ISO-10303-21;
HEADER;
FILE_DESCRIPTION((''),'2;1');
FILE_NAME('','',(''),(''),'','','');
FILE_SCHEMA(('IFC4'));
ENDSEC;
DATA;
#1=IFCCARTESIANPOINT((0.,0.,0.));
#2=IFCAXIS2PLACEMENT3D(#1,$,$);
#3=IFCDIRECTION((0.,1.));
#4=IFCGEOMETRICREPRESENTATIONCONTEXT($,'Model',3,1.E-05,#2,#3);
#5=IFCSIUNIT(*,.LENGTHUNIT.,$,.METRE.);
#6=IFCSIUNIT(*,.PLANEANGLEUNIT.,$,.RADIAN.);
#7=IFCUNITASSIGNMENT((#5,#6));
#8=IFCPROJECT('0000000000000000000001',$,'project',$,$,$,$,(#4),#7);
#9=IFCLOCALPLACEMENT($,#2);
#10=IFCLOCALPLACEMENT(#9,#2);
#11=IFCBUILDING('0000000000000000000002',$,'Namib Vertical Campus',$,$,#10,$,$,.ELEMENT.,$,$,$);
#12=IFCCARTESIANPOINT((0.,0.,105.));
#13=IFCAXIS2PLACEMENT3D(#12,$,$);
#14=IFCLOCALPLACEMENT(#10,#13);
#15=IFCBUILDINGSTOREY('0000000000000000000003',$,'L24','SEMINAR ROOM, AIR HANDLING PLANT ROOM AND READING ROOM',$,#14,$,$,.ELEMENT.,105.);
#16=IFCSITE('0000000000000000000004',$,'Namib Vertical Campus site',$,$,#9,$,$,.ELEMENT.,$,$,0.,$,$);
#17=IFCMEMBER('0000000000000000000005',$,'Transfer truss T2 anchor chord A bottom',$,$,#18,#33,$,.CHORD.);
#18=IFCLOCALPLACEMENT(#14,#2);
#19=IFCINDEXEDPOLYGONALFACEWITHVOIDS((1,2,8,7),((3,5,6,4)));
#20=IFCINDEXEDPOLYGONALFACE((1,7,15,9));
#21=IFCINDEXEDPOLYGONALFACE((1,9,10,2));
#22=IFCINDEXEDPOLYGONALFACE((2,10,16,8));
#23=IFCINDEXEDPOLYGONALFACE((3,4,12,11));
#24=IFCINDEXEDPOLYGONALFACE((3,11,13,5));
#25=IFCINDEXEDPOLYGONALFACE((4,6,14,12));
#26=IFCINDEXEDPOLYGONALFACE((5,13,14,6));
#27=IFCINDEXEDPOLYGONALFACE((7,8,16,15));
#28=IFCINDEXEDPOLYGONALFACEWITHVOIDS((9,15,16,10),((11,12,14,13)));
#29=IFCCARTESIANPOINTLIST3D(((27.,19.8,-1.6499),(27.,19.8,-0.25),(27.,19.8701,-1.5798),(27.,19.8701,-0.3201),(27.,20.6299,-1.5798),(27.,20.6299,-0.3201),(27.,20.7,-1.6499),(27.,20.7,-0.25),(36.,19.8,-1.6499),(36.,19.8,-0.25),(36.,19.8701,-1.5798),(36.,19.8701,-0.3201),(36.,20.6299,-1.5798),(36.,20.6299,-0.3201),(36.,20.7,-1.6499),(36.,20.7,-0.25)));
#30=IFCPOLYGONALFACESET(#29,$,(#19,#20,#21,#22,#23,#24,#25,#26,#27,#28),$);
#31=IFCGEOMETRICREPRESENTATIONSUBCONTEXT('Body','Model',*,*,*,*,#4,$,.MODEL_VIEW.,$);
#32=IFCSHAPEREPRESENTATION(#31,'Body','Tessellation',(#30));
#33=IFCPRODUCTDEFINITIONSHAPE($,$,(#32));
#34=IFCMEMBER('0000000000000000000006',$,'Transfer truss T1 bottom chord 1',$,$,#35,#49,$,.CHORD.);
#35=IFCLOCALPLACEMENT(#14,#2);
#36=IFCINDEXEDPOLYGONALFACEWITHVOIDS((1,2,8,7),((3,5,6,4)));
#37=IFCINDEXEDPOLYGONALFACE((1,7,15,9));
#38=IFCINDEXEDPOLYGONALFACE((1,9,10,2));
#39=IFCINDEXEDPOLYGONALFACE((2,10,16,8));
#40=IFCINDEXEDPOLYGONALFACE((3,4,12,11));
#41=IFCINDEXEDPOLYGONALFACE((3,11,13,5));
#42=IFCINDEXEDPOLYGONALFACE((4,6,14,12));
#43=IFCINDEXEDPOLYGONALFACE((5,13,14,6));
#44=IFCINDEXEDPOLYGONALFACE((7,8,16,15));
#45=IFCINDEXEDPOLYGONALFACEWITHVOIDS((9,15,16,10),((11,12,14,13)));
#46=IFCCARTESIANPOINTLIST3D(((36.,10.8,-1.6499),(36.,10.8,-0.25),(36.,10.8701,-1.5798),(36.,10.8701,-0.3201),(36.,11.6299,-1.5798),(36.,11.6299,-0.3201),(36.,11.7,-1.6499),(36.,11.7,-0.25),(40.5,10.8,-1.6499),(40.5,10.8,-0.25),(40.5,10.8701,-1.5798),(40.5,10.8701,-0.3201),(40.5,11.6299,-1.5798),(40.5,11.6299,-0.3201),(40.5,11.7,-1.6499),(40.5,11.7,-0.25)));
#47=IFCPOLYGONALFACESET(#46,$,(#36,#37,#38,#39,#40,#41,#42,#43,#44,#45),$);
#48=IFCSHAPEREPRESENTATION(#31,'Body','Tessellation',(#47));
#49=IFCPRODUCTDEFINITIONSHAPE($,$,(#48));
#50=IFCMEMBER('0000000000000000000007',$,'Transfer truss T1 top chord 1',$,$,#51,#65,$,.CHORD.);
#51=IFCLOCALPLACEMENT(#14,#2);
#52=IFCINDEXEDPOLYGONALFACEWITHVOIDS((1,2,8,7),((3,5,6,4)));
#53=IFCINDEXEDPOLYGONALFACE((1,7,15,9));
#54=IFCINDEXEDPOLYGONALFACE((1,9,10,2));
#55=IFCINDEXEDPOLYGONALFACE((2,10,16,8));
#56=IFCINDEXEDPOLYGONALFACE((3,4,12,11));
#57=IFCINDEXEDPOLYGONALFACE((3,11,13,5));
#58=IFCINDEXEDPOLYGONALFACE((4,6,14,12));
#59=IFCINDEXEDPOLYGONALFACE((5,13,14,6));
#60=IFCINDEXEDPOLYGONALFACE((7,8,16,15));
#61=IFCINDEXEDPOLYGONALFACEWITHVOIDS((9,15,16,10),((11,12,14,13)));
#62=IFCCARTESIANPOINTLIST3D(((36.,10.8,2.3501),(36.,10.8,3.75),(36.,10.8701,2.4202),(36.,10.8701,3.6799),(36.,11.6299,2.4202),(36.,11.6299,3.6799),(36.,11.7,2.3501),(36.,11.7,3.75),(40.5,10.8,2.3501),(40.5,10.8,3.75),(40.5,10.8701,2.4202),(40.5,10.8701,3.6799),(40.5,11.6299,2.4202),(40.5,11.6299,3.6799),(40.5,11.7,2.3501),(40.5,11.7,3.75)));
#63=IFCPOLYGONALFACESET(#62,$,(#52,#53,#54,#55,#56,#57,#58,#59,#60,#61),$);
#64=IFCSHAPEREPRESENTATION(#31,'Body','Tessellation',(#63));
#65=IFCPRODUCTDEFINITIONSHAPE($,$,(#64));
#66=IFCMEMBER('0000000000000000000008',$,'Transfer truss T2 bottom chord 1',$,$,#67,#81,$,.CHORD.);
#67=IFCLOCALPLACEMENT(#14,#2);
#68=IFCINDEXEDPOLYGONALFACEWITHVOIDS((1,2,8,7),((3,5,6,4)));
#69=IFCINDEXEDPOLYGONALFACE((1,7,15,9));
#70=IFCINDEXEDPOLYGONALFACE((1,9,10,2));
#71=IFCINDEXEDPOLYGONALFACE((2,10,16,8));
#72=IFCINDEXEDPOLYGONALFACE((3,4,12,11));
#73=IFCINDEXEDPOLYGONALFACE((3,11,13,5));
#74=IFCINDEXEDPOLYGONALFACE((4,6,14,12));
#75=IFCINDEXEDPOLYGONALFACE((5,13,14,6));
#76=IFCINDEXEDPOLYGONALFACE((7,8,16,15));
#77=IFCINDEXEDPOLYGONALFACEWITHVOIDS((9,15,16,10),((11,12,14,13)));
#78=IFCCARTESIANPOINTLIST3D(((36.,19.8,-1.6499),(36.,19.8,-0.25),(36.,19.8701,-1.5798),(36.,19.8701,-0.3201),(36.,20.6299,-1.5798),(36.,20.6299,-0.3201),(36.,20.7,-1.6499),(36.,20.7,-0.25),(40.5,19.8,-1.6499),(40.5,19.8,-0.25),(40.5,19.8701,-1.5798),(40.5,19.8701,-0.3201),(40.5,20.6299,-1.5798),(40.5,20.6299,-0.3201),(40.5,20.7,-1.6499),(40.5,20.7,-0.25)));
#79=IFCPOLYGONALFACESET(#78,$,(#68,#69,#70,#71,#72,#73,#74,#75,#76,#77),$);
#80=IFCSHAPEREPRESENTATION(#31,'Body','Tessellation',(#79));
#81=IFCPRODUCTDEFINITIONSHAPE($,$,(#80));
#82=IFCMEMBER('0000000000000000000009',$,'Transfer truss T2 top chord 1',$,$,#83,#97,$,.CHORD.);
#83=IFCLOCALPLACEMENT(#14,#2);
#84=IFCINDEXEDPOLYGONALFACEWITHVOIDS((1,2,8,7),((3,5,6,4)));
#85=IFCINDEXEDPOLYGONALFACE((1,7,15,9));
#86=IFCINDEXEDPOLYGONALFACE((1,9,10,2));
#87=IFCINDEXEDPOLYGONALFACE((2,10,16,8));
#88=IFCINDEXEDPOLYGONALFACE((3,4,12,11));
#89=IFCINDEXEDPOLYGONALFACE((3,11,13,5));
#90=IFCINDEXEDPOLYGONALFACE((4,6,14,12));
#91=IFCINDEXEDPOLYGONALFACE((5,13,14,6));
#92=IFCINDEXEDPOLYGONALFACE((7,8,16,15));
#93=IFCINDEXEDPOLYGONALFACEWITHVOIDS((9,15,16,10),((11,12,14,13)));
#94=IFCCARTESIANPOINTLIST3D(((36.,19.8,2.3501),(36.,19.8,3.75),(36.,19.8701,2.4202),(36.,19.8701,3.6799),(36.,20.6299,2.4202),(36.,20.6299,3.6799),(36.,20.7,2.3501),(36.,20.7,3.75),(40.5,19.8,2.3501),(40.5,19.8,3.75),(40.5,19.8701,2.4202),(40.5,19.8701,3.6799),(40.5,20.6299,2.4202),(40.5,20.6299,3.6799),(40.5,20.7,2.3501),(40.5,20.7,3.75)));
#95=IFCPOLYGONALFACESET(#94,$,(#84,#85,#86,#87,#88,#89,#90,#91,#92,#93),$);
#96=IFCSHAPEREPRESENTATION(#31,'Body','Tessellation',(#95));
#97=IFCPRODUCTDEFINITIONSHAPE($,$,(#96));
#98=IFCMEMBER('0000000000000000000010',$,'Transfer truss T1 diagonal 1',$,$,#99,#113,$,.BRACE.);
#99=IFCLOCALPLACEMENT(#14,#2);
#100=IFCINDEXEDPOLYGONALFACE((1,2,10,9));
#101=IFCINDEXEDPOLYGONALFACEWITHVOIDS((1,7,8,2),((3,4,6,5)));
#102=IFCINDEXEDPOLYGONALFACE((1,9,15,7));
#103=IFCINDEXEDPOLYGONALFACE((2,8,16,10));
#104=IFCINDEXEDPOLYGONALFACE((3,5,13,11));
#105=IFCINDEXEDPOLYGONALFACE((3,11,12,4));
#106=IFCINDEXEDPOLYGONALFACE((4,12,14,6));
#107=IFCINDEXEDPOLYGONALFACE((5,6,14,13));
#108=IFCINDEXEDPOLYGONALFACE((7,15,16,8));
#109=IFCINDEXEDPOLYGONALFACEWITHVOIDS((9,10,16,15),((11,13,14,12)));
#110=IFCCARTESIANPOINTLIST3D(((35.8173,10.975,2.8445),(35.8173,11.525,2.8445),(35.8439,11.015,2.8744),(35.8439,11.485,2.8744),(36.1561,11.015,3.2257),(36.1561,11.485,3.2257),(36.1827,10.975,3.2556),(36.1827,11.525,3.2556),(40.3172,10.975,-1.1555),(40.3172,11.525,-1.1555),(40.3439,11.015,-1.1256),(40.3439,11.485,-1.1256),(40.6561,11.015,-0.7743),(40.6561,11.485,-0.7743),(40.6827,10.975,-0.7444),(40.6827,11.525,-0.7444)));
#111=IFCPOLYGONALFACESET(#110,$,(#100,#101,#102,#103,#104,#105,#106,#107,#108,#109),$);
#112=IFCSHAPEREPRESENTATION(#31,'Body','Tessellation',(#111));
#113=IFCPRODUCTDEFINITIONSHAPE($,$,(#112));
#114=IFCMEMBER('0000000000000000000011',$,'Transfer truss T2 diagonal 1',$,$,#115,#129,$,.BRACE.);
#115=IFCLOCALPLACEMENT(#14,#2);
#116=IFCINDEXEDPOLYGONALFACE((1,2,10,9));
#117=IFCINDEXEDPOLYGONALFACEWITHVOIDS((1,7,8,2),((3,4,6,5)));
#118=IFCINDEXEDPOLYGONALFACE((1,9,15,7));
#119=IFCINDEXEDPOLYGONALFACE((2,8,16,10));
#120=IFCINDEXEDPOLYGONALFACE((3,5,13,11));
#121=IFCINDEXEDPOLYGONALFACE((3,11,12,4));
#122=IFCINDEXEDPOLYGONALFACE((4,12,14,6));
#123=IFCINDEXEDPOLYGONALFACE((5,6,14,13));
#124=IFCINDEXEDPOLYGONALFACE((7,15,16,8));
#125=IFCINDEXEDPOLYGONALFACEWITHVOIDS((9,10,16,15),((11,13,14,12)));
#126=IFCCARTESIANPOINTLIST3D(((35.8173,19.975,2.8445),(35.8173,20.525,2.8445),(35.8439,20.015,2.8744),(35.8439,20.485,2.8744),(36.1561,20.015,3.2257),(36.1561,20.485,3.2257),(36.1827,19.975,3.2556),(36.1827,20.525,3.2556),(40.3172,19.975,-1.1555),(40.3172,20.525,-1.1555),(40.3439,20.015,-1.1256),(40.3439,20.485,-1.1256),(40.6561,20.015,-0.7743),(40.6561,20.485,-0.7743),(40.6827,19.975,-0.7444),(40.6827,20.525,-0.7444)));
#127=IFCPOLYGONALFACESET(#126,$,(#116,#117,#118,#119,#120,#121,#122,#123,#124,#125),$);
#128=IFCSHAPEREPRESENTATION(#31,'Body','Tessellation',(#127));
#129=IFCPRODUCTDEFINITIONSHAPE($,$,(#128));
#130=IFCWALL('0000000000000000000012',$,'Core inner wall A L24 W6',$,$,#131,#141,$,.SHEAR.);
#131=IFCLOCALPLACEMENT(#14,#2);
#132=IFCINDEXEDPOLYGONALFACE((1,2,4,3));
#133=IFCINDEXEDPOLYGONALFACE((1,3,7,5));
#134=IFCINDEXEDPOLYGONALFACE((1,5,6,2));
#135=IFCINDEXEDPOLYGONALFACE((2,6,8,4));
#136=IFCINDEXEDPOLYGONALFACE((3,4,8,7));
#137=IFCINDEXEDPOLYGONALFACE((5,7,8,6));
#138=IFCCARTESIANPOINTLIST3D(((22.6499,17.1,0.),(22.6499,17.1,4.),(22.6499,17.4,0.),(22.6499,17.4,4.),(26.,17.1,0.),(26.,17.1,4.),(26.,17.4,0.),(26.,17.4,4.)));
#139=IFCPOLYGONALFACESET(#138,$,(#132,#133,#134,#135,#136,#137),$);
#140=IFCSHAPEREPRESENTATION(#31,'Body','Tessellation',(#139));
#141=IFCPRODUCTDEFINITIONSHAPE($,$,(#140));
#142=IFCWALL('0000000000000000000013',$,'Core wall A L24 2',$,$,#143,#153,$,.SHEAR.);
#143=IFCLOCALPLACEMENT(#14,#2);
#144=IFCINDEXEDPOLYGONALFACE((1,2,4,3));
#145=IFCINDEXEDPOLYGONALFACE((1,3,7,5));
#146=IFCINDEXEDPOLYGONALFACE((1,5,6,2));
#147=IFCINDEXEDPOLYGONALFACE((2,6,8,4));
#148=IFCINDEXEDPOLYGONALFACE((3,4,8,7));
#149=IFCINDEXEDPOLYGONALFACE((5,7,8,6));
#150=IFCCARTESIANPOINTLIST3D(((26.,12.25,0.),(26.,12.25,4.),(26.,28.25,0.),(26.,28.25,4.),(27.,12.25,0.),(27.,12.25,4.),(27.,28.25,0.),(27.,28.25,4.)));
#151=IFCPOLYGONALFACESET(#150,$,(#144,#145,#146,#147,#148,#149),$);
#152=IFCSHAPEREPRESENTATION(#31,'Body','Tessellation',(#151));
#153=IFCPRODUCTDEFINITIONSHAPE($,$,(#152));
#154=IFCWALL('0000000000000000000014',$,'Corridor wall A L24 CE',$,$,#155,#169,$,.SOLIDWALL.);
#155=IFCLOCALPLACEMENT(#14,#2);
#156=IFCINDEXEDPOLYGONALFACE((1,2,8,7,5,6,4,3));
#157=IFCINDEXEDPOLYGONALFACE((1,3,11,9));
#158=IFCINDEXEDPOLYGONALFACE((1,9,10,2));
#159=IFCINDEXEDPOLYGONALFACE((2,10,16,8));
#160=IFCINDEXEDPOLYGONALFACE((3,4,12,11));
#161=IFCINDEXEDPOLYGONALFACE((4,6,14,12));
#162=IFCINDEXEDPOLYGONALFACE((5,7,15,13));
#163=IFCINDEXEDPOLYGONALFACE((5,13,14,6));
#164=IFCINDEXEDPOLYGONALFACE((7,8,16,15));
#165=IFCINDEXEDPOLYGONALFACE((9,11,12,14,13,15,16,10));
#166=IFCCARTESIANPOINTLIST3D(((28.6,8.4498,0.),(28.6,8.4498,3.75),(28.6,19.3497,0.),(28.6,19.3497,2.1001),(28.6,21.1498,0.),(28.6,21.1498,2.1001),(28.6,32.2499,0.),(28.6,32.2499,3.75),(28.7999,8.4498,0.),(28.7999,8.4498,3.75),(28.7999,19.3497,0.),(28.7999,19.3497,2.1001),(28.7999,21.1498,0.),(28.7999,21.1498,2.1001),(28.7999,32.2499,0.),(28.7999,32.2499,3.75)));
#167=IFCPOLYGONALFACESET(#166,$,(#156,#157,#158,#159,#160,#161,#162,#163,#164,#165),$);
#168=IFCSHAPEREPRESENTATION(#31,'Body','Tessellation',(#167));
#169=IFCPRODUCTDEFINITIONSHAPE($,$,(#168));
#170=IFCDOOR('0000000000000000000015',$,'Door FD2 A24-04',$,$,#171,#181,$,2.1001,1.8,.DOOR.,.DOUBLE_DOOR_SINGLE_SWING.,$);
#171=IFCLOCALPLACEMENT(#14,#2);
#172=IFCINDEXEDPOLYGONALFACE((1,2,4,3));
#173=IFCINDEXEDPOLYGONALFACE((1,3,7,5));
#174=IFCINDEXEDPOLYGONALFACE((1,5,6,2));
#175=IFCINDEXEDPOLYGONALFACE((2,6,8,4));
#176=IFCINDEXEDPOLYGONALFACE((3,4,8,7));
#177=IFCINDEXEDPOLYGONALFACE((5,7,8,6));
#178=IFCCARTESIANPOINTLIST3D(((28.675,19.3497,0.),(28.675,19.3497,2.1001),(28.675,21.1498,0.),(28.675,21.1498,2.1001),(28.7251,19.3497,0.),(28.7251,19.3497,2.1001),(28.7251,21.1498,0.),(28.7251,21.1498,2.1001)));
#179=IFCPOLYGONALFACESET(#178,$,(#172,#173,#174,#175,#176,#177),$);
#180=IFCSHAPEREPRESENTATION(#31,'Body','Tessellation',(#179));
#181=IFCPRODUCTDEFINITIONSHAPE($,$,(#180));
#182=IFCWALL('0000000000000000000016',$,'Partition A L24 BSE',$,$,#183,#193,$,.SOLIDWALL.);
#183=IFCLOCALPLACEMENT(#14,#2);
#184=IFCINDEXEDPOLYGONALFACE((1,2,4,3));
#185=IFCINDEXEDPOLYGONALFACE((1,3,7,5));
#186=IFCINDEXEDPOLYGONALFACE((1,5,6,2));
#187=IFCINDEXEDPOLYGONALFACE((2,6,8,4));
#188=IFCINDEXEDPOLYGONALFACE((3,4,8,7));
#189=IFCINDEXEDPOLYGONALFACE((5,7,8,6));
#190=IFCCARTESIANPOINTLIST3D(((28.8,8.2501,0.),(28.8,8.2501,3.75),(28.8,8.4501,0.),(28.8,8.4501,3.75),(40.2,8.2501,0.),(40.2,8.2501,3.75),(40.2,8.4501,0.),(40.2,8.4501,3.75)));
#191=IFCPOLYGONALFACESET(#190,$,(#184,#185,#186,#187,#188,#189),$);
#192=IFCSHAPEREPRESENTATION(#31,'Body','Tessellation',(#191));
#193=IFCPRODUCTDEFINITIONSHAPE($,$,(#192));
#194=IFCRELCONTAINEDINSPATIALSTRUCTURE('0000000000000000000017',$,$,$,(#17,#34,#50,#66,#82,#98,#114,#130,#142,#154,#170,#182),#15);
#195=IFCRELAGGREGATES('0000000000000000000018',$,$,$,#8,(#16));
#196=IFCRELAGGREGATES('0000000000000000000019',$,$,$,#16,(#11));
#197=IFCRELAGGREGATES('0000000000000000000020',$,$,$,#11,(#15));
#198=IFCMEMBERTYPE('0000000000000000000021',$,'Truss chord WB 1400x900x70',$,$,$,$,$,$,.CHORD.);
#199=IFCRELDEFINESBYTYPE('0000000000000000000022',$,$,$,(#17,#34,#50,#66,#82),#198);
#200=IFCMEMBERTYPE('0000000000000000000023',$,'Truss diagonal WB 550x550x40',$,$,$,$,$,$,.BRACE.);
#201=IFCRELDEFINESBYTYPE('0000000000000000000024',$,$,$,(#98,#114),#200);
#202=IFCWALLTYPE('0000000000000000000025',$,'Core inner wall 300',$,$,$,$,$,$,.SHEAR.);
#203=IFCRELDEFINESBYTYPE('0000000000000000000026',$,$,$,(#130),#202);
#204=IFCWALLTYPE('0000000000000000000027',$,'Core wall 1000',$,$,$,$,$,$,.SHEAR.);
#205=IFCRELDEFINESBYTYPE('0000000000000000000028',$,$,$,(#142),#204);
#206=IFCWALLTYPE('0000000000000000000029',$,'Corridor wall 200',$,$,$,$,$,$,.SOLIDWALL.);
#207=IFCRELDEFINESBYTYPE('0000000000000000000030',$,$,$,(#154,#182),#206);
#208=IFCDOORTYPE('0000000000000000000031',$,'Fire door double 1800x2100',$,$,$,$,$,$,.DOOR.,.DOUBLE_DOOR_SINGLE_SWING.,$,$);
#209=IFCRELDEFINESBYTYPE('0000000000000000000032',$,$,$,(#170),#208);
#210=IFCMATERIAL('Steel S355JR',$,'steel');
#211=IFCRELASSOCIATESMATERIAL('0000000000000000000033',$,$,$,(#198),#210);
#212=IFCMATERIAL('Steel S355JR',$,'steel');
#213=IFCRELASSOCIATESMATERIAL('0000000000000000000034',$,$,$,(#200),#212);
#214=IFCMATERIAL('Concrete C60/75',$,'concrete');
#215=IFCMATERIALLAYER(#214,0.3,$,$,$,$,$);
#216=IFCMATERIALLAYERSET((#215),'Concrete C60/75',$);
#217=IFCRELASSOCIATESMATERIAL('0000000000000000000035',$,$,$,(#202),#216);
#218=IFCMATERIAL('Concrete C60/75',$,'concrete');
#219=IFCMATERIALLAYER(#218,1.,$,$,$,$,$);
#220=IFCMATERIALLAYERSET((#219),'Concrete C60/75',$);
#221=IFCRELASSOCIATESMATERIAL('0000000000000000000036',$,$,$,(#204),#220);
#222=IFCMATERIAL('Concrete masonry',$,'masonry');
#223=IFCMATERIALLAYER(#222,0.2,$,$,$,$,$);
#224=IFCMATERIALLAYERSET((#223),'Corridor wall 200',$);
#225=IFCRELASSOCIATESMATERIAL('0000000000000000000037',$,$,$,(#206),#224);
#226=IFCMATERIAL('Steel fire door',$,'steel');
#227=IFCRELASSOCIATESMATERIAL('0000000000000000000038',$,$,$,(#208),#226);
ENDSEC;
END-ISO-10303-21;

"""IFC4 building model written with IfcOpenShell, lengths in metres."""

from ifc_helpers import new_model, si_unit, direction, frame, frame_2d, origin, origin_2d, place, context, subcontext, project, spatial, rectangle, hollow_rectangle, extrude, material, layer, layer_set, material_profile, profile_set, type_object, element, fill, save


model = new_model("IFC4")

# Units and contexts
model_context = context("Model", 3, precision=1e-05, world=origin(), true_north=direction((0.0, 1.0)))
body_context = subcontext(model_context, "Body", "Model", "MODEL_VIEW")
ifc_project = project(units=[si_unit("LENGTHUNIT", "METRE"), si_unit("PLANEANGLEUNIT", "RADIAN")], contexts=[model_context])

# Site, building, storey
site_placement = place(None, origin())
site = spatial("IfcSite", under=ifc_project, at=site_placement, Name="Namib Vertical Campus site", CompositionType="ELEMENT", RefElevation=0.0)
building_placement = place(site_placement, origin())
building = spatial("IfcBuilding", under=site, at=building_placement, Name="Namib Vertical Campus", CompositionType="ELEMENT")
storey_placement = place(building_placement, frame((0.0, 0.0, 105.0)))
storey = spatial("IfcBuildingStorey", under=building, at=storey_placement, Name="L24", Description="SEMINAR ROOM, AIR HANDLING PLANT ROOM AND READING ROOM", CompositionType="ELEMENT", Elevation=105.0)

# Members
ifc_material_1 = material(Name="Steel S355JR", Category="steel")
ifc_material_profile_1 = material_profile(ifc_material_1, hollow_rectangle(XDim=0.8999, YDim=1.3999, WallThickness=0.0701, at=origin_2d()))
ifc_profile_set_1 = profile_set([ifc_material_profile_1], Name="Steel S355JR")
member_type_1 = type_object("IfcMemberType", Name="Truss chord WB 1400x900x70", PredefinedType="CHORD", material=ifc_profile_set_1)
for number, where, z_axis, x_axis, name in (
    (1, (36.0, 20.25, -0.95), (-1.0, 0.0, 0.0), (0.0, -1.0, 0.0), "Transfer truss T2 anchor chord A bottom"),
):
    element("IfcMember", number, at=place(storey_placement, frame(where, z_axis=z_axis, x_axis=x_axis)), inside=storey, type_object=member_type_1, Name=name, PredefinedType="CHORD", context=body_context, shape_type="SweptSolid", body=[
        extrude(hollow_rectangle(XDim=0.8999, YDim=1.3999, WallThickness=0.0701, at=origin_2d()), origin(), (0.0, 0.0, 1.0), 9.0),
    ])
for number, where, z_axis, x_axis, name in (
    (2, (36.0, 11.25, -0.95), (1.0, 0.0, 0.0), (0.0, 1.0, 0.0), "Transfer truss T1 bottom chord 1"),
    (3, (36.0, 11.25, 3.05), (1.0, 0.0, 0.0), (0.0, 1.0, 0.0), "Transfer truss T1 top chord 1"),
    (4, (36.0, 20.25, -0.95), (1.0, 0.0, 0.0), (0.0, 1.0, 0.0), "Transfer truss T2 bottom chord 1"),
    (5, (36.0, 20.25, 3.05), (1.0, 0.0, 0.0), (0.0, 1.0, 0.0), "Transfer truss T2 top chord 1"),
):
    element("IfcMember", number, at=place(storey_placement, frame(where, z_axis=z_axis, x_axis=x_axis)), inside=storey, type_object=member_type_1, Name=name, PredefinedType="CHORD", context=body_context, shape_type="SweptSolid", body=[
        extrude(hollow_rectangle(XDim=0.8999, YDim=1.3999, WallThickness=0.0701, at=origin_2d()), origin(), (0.0, 0.0, 1.0), 4.5),
    ])
ifc_material_2 = material(Name="Steel S355JR", Category="steel")
ifc_material_profile_2 = material_profile(ifc_material_2, hollow_rectangle(XDim=0.55, YDim=0.55, WallThickness=0.04, at=origin_2d()))
ifc_profile_set_2 = profile_set([ifc_material_profile_2], Name="Steel S355JR")
member_type_2 = type_object("IfcMemberType", Name="Truss diagonal WB 550x550x40", PredefinedType="BRACE", material=ifc_profile_set_2)
for number, where, z_axis, x_axis, name in (
    (6, (36.0, 11.25, 3.05), (0.747409, 0.0, -0.664364), (0.0, 1.0, 0.0), "Transfer truss T1 diagonal 1"),
    (7, (36.0, 20.25, 3.05), (0.747409, 0.0, -0.664364), (0.0, 1.0, 0.0), "Transfer truss T2 diagonal 1"),
):
    element("IfcMember", number, at=place(storey_placement, frame(where, z_axis=z_axis, x_axis=x_axis)), inside=storey, type_object=member_type_2, Name=name, PredefinedType="BRACE", context=body_context, shape_type="SweptSolid", body=[
        extrude(hollow_rectangle(XDim=0.55, YDim=0.55, WallThickness=0.04, at=origin_2d()), origin(), (0.0, 0.0, 1.0), 6.0208),
    ])

# Walls
ifc_material_3 = material(Name="Concrete C60/75", Category="concrete")
ifc_layer_1 = layer(ifc_material_3, 0.3)
ifc_layer_set_1 = layer_set([ifc_layer_1], Name="Concrete C60/75")
wall_type_1 = type_object("IfcWallType", Name="Core inner wall 300", PredefinedType="SHEAR", material=ifc_layer_set_1)
wall_1_placement = place(storey_placement, frame((22.6499, 17.25, 0.0), z_axis=(0.0, 0.0, 1.0), x_axis=(1.0, 0.0, 0.0)))
element("IfcWall", 8, at=wall_1_placement, inside=storey, type_object=wall_type_1, Name="Core inner wall A L24 W6", PredefinedType="SHEAR", context=body_context, shape_type="SweptSolid", body=[
    extrude(rectangle(XDim=3.3501, YDim=0.3, at=frame_2d((1.675, 0.0))), origin(), (0.0, 0.0, 1.0), 4.0),
])
ifc_material_4 = material(Name="Concrete C60/75", Category="concrete")
ifc_layer_2 = layer(ifc_material_4, 1.0)
ifc_layer_set_2 = layer_set([ifc_layer_2], Name="Concrete C60/75")
wall_type_2 = type_object("IfcWallType", Name="Core wall 1000", PredefinedType="SHEAR", material=ifc_layer_set_2)
wall_2_placement = place(storey_placement, frame((26.5, 12.25, 0.0), z_axis=(0.0, 0.0, 1.0), x_axis=(0.0, 1.0, 0.0)))
element("IfcWall", 9, at=wall_2_placement, inside=storey, type_object=wall_type_2, Name="Core wall A L24 2", PredefinedType="SHEAR", context=body_context, shape_type="SweptSolid", body=[
    extrude(rectangle(XDim=16.0, YDim=1.0, at=frame_2d((8.0, 0.0))), origin(), (0.0, 0.0, 1.0), 4.0),
])

# Wall, opening, door
ifc_material_5 = material(Name="Concrete masonry", Category="masonry")
ifc_layer_3 = layer(ifc_material_5, 0.2)
ifc_layer_set_3 = layer_set([ifc_layer_3], Name="Corridor wall 200")
wall_type_3 = type_object("IfcWallType", Name="Corridor wall 200", PredefinedType="SOLIDWALL", material=ifc_layer_set_3)
wall_3_placement = place(storey_placement, frame((28.7, 8.45, 0.0), z_axis=(0.0, 0.0, 1.0), x_axis=(0.0, 1.0, 0.0)))
wall_3 = element("IfcWall", 10, at=wall_3_placement, inside=storey, type_object=wall_type_3, Name="Corridor wall A L24 CE", PredefinedType="SOLIDWALL", context=body_context, shape_type="SweptSolid", body=[
    extrude(rectangle(XDim=23.8, YDim=0.2, at=frame_2d((11.8999, 0.0))), origin(), (0.0, 0.0, 1.0), 3.75),
])
opening_1_placement = place(wall_3_placement, frame((10.8999, 0.0, 0.0)))
opening_1 = element("IfcOpeningElement", 11, at=opening_1_placement, cuts=wall_3, PredefinedType="OPENING", context=body_context, shape_type="SweptSolid", body=[
    extrude(rectangle(XDim=1.8, YDim=2.1001, at=frame_2d((0.8999, 1.05))), frame((0.0, 0.1099, 0.0), z_axis=(0.0, -1.0, 0.0), x_axis=(1.0, 0.0, 0.0)), (0.0, 0.0, 1.0), 0.22),
])
ifc_material_6 = material(Name="Steel fire door", Category="steel")
door_type_1 = type_object("IfcDoorType", Name="Fire door double 1800x2100", OperationType="DOUBLE_DOOR_SINGLE_SWING", PredefinedType="DOOR", material=ifc_material_6)
door_1_placement = place(opening_1_placement, origin())
door_1 = element("IfcDoor", 12, at=door_1_placement, inside=storey, type_object=door_type_1, Name="Door FD2 A24-04", OperationType="DOUBLE_DOOR_SINGLE_SWING", OverallHeight=2.1001, OverallWidth=1.8, PredefinedType="DOOR", context=body_context, shape_type="SweptSolid", body=[
    extrude(rectangle(XDim=1.8, YDim=2.1001, at=frame_2d((0.8999, 1.05))), frame((0.0, 0.0249, 0.0), z_axis=(0.0, -1.0, 0.0), x_axis=(1.0, 0.0, 0.0)), (0.0, 0.0, 1.0), 0.05),
])
fill(opening_1, door_1)

# Wall
wall_4_placement = place(storey_placement, frame((28.8, 8.3501, 0.0), z_axis=(0.0, 0.0, 1.0), x_axis=(1.0, 0.0, 0.0)))
element("IfcWall", 13, at=wall_4_placement, inside=storey, type_object=wall_type_3, Name="Partition A L24 BSE", PredefinedType="SOLIDWALL", context=body_context, shape_type="SweptSolid", body=[
    extrude(rectangle(XDim=11.3999, YDim=0.2, at=frame_2d((5.7, 0.0))), origin(), (0.0, 0.0, 1.0), 3.75),
])

save(model, "model.ifc")
